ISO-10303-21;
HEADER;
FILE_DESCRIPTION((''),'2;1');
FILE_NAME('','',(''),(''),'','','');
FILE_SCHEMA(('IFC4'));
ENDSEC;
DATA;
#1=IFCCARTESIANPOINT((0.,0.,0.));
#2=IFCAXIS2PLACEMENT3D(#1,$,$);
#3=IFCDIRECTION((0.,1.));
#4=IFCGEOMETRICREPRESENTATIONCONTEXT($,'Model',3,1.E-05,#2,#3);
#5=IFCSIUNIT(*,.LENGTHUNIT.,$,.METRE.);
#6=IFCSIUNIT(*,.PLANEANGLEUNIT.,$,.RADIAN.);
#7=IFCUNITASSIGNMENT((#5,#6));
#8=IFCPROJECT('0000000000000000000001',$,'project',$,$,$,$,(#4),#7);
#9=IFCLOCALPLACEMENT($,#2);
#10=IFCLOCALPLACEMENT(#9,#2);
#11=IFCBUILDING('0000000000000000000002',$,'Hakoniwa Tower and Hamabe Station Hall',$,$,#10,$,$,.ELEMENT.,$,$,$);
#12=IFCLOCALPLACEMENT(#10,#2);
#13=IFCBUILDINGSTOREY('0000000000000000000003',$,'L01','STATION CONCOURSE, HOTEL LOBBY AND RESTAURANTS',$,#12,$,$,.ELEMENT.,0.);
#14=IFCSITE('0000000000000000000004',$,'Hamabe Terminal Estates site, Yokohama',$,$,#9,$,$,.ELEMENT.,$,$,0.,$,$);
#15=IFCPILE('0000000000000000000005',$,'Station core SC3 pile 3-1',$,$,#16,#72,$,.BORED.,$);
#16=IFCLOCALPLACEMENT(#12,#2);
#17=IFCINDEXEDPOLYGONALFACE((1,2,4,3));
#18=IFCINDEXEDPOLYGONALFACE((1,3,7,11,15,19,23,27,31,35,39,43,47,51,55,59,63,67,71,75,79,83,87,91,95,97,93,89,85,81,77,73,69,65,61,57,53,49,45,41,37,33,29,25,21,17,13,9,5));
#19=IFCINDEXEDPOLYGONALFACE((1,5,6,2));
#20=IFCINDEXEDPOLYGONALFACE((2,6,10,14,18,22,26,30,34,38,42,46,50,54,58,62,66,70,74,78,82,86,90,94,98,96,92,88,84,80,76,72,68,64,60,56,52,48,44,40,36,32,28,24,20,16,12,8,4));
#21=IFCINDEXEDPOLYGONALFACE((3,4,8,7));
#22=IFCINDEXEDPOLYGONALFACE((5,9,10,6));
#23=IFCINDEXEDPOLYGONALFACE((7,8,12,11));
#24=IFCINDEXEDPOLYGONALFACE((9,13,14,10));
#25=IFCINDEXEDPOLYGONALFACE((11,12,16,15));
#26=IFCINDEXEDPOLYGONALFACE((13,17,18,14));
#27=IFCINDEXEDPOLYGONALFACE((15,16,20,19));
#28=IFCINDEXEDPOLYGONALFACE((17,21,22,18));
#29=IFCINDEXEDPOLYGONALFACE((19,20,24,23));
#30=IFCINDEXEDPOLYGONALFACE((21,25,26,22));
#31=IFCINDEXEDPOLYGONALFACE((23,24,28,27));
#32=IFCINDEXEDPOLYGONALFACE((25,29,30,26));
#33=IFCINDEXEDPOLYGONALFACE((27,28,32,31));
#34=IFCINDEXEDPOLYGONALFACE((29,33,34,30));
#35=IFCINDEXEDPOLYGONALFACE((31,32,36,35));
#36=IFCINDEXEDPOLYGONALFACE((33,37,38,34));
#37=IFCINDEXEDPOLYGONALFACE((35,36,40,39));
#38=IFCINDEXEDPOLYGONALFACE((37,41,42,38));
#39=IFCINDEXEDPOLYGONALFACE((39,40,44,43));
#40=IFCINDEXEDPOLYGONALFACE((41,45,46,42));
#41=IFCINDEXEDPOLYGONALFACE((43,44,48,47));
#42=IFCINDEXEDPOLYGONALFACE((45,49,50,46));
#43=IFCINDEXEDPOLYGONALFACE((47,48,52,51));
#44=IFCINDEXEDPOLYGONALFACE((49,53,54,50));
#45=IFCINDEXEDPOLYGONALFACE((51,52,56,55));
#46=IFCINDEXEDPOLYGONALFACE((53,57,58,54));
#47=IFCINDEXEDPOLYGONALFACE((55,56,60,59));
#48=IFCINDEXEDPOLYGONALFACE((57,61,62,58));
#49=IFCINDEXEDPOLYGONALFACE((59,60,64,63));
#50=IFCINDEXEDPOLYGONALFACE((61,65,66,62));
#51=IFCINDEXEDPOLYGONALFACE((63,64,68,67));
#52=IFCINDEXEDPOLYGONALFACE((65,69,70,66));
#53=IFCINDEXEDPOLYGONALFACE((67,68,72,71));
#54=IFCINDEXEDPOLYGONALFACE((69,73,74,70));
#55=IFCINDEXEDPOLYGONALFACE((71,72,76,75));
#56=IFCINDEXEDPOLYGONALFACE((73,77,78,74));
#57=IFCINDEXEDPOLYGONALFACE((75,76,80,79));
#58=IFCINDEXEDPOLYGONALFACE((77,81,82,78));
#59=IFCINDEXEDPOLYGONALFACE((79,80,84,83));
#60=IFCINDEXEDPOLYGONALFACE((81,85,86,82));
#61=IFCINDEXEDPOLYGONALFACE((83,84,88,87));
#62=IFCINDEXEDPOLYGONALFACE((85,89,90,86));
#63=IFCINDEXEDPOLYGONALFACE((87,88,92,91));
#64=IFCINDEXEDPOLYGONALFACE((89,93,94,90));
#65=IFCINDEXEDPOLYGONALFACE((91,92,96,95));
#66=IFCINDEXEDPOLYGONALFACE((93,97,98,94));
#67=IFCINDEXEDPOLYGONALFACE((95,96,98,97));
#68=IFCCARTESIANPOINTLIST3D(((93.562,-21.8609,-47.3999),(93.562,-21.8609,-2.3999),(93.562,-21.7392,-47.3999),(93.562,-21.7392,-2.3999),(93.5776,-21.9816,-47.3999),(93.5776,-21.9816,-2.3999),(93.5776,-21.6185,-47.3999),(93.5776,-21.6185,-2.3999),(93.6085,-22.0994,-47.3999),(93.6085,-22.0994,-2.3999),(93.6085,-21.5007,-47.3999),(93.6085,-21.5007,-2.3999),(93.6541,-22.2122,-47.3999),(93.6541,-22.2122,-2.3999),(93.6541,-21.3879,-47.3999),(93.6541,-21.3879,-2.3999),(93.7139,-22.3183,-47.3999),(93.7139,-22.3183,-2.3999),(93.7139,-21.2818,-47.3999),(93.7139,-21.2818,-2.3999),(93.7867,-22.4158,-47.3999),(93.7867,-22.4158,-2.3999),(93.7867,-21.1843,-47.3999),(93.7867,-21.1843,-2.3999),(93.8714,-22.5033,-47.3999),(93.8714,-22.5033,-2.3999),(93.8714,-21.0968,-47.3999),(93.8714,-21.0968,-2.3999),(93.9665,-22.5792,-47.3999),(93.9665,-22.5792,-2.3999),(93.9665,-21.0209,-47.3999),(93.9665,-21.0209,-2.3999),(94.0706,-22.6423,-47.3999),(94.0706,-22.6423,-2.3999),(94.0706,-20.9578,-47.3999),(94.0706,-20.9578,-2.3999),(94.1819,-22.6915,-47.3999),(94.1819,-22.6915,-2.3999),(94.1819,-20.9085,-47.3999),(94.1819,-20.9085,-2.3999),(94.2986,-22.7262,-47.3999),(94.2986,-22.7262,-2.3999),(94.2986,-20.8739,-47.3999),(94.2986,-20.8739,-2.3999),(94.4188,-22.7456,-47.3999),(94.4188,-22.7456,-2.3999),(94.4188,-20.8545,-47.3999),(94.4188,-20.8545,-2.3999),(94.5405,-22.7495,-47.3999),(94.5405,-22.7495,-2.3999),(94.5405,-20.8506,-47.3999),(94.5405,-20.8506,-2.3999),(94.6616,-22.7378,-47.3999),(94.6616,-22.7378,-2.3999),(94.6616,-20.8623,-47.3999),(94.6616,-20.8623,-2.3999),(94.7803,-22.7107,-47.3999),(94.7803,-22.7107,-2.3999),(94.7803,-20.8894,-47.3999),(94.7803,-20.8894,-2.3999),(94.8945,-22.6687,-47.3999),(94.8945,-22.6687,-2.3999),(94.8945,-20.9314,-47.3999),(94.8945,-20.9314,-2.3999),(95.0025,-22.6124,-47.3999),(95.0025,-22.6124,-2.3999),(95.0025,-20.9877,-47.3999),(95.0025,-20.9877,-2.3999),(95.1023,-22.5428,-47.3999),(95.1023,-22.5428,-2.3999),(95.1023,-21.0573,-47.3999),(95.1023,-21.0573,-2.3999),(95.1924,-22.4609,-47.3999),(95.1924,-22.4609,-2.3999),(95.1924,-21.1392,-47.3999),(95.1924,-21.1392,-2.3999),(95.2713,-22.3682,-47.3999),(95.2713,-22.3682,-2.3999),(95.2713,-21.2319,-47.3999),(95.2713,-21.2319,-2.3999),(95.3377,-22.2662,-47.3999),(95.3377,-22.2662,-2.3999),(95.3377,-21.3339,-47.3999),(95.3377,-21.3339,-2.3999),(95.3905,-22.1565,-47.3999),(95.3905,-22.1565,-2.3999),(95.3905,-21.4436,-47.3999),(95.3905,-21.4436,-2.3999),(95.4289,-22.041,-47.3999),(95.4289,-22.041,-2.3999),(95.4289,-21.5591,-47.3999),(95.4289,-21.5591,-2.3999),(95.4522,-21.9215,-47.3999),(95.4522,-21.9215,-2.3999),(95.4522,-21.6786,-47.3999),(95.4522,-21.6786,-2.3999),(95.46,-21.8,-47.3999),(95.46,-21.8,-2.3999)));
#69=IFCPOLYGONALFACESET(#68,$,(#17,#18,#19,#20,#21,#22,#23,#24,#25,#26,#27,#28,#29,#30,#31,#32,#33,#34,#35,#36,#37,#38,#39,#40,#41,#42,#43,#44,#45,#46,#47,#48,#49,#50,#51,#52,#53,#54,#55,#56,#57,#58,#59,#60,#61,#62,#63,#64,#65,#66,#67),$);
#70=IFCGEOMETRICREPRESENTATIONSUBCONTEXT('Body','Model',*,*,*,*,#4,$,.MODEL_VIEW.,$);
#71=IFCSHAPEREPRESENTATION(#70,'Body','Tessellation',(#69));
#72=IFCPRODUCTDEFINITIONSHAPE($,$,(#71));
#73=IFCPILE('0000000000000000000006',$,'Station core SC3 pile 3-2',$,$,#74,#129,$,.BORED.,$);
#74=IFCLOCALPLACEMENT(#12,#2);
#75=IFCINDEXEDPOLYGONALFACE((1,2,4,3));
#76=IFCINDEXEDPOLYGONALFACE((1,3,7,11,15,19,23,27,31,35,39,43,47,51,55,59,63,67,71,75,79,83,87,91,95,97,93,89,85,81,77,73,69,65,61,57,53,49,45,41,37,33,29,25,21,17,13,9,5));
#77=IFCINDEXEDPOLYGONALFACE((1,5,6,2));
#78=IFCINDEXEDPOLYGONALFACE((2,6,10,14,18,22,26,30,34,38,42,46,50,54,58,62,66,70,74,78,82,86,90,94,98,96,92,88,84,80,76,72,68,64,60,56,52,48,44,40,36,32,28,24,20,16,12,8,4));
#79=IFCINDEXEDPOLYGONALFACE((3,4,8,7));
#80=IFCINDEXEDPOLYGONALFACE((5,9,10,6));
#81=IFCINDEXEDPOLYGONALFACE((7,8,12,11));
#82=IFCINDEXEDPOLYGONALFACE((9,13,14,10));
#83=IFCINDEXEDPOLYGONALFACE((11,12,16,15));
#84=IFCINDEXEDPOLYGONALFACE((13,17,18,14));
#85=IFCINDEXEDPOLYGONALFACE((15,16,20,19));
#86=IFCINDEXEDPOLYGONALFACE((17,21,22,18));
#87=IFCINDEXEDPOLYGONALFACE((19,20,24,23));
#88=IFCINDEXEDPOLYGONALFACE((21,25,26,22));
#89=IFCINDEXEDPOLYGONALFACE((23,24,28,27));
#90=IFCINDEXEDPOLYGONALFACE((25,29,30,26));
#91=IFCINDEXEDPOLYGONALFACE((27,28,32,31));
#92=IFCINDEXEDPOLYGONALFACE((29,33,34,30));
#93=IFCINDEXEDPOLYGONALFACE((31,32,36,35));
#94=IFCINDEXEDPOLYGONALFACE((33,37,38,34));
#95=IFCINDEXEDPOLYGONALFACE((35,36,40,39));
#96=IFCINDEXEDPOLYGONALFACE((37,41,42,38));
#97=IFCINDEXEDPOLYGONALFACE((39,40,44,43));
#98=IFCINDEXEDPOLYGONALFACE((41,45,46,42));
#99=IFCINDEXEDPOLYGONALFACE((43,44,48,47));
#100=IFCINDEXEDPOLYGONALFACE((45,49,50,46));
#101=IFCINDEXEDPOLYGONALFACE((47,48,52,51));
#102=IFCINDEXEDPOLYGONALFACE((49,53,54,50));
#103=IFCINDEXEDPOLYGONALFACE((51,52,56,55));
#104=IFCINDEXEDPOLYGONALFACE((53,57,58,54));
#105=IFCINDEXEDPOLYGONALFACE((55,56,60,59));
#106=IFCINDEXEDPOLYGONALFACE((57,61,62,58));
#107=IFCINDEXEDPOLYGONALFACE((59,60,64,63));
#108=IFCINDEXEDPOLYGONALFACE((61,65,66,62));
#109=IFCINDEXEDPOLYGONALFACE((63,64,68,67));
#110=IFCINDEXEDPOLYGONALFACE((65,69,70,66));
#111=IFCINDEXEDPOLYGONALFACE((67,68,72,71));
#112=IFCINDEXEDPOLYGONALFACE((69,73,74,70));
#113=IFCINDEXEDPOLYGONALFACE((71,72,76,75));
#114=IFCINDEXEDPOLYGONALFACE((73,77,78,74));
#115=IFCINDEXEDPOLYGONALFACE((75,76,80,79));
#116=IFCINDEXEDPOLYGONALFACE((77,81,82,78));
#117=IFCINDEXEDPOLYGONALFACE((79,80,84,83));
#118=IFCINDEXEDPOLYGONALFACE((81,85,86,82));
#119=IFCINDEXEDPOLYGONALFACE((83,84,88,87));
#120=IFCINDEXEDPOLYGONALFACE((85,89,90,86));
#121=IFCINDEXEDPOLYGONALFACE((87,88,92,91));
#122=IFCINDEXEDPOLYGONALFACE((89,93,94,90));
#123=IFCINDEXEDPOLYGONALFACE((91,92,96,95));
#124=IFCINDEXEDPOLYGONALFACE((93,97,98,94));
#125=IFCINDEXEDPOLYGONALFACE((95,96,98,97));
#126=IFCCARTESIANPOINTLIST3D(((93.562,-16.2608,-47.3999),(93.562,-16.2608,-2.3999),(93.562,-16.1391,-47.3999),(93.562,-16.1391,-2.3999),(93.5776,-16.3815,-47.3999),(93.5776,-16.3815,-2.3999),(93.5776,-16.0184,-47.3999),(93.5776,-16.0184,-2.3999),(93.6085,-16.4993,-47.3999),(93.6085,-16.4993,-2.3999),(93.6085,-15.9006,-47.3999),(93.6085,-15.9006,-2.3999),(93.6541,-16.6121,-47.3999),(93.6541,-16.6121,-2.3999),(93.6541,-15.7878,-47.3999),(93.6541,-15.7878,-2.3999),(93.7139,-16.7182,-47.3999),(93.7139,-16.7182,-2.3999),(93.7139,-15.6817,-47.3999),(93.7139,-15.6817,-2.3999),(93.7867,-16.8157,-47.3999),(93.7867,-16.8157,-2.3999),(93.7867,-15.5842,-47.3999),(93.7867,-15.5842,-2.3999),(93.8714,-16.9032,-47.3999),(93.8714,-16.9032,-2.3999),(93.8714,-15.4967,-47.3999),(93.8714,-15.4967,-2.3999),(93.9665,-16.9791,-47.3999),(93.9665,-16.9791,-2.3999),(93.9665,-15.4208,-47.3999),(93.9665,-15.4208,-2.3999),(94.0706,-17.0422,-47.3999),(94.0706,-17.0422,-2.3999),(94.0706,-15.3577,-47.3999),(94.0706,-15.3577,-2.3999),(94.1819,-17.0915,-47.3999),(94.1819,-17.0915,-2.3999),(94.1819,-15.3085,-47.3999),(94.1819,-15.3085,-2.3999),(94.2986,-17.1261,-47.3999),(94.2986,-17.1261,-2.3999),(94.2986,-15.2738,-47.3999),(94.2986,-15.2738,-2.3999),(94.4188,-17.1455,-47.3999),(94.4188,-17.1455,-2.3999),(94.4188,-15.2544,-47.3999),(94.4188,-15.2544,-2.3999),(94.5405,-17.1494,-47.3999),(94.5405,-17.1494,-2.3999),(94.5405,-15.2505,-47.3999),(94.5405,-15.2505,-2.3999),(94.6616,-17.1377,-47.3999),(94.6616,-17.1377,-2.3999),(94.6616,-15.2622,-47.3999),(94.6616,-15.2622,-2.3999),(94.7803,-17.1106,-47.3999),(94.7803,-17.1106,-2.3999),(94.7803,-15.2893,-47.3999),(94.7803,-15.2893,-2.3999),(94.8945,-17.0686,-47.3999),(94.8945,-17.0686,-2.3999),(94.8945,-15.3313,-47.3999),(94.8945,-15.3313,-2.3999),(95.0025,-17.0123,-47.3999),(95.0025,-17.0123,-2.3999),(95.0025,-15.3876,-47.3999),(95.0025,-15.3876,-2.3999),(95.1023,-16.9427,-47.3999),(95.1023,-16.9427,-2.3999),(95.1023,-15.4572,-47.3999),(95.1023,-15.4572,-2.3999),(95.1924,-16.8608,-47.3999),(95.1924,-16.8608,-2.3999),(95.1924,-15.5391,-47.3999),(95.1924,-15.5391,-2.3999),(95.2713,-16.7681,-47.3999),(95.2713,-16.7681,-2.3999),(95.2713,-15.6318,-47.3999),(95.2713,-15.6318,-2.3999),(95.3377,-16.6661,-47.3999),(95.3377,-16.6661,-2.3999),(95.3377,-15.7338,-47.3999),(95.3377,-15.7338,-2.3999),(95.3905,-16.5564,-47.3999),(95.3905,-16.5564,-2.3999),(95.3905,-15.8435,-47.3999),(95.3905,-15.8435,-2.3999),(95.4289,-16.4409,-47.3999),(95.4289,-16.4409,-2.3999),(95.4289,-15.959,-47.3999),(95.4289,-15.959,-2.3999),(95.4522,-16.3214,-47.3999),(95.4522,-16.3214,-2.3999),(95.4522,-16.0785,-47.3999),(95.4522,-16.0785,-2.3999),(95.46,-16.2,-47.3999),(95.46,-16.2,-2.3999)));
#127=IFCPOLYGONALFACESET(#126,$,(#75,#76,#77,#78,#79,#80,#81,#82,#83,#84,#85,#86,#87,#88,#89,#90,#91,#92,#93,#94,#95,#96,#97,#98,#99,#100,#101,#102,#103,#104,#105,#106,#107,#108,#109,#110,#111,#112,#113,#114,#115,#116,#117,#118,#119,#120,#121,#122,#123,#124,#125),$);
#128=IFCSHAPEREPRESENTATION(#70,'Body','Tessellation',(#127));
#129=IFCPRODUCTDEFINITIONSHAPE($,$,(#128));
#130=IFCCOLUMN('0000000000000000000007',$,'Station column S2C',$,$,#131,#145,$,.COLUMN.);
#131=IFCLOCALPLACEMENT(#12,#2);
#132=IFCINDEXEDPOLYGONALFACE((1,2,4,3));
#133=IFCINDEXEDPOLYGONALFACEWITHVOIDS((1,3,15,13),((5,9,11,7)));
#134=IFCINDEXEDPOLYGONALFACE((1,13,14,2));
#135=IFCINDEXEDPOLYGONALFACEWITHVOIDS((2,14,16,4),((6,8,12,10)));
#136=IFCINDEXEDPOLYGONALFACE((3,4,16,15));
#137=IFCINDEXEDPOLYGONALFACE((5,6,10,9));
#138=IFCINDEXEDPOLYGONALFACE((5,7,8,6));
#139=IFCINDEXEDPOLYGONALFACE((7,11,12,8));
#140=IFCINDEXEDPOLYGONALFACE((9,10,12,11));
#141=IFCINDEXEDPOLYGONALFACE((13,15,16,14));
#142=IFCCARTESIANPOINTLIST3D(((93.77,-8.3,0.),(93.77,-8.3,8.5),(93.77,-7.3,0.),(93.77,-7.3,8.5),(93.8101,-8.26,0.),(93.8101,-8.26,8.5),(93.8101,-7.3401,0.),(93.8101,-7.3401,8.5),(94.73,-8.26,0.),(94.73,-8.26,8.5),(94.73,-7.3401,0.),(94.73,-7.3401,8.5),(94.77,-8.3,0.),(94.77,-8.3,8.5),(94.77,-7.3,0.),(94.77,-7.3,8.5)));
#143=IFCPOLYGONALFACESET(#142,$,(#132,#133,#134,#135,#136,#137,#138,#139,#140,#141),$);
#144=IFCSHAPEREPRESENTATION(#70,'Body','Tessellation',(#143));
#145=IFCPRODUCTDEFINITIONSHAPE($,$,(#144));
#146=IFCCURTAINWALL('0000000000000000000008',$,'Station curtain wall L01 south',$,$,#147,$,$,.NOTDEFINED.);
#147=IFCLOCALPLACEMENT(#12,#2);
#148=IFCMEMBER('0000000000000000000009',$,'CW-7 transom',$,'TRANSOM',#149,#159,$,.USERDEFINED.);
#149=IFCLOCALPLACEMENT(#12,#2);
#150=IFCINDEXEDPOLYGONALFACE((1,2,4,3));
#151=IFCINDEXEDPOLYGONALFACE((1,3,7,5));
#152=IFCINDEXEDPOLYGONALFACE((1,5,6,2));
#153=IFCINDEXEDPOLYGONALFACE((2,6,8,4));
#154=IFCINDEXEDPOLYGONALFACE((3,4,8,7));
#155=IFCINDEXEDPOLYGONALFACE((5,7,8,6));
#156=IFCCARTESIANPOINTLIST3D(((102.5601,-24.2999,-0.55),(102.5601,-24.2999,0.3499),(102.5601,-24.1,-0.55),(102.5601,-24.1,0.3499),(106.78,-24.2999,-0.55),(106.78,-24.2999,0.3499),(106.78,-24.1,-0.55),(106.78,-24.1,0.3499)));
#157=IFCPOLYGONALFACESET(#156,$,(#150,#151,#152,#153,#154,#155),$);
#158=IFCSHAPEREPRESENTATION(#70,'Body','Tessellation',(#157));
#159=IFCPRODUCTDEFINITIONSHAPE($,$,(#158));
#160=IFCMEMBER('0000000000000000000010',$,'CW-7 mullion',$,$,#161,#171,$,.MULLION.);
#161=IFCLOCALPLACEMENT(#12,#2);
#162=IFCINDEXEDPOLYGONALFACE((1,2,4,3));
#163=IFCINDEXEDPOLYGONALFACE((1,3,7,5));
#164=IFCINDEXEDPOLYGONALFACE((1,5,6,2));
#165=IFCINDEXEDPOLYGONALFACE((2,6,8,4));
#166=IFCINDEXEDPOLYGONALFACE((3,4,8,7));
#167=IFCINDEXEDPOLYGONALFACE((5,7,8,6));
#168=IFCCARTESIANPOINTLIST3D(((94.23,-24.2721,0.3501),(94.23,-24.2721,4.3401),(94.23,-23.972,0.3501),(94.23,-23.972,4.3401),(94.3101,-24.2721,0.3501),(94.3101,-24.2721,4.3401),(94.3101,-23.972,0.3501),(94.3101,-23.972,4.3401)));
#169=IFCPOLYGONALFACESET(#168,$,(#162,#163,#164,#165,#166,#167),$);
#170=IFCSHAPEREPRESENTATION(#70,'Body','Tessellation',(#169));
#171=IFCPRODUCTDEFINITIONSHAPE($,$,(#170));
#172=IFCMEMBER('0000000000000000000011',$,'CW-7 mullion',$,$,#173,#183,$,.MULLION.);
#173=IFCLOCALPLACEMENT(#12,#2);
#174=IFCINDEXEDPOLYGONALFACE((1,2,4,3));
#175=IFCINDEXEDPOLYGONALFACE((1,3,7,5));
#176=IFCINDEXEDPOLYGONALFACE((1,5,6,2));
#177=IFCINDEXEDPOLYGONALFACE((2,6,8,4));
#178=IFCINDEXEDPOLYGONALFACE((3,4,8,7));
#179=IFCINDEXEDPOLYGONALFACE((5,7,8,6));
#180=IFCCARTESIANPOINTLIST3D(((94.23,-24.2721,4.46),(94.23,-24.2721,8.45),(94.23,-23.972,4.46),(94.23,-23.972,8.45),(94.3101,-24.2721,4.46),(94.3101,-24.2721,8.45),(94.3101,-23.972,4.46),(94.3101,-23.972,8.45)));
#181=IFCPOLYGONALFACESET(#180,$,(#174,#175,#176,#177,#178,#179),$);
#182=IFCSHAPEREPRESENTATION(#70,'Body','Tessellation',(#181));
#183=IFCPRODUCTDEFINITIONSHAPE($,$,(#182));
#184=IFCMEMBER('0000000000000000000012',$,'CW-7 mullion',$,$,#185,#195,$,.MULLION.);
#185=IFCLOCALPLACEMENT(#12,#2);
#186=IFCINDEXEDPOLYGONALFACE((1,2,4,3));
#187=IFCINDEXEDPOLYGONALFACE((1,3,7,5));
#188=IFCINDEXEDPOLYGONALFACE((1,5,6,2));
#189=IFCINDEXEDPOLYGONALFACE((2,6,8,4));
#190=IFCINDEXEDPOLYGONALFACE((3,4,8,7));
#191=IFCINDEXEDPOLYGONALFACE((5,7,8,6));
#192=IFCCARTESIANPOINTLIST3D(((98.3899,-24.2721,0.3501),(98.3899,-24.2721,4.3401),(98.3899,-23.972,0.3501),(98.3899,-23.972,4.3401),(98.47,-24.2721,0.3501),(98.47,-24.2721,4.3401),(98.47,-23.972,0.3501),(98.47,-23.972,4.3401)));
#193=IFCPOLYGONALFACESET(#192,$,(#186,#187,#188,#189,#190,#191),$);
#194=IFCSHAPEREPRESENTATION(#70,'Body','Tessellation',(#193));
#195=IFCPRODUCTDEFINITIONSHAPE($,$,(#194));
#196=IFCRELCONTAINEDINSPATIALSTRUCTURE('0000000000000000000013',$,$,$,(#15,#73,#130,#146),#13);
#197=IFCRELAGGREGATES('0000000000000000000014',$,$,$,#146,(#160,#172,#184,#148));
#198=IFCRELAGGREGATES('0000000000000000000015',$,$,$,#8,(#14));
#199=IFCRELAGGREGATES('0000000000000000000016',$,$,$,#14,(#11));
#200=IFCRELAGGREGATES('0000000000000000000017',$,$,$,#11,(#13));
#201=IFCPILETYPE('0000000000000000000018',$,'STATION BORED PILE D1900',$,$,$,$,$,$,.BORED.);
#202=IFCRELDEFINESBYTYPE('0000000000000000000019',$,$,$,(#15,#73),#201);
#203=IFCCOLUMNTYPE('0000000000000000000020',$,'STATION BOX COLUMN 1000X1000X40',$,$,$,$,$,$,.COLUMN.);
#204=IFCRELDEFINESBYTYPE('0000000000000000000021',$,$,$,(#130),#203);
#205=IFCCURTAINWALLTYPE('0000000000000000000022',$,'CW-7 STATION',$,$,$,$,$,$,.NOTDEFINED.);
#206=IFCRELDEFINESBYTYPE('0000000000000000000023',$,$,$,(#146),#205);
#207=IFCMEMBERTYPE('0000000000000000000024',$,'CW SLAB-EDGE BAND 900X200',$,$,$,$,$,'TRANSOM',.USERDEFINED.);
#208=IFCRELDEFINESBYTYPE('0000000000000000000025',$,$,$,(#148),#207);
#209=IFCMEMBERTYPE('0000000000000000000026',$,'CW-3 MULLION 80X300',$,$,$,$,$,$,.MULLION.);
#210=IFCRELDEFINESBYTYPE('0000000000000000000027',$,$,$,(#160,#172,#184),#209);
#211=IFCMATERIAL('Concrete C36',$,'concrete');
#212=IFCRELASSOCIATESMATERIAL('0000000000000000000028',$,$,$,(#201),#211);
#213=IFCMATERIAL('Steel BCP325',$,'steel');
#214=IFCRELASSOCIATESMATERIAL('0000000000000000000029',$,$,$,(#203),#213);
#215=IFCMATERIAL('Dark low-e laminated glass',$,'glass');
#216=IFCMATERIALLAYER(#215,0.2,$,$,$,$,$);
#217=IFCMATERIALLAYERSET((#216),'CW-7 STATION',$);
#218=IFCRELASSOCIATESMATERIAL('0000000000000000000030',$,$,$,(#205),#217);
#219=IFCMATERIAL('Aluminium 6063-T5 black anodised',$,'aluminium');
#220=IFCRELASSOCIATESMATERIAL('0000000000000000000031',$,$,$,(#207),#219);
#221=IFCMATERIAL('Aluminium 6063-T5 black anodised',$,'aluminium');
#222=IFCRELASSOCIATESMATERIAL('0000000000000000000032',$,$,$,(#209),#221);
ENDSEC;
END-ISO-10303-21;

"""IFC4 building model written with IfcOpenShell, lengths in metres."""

from ifc_helpers import new_model, si_unit, direction, frame, origin, origin_2d, place, context, subcontext, project, spatial, rectangle, hollow_rectangle, circle, extrude, material, layer, layer_set, material_profile, profile_set, type_object, element, aggregate, save


model = new_model("IFC4")

# Units and contexts
model_context = context("Model", 3, precision=1e-05, world=origin(), true_north=direction((0.0, 1.0)))
body_context = subcontext(model_context, "Body", "Model", "MODEL_VIEW")
ifc_project = project(units=[si_unit("LENGTHUNIT", "METRE"), si_unit("PLANEANGLEUNIT", "RADIAN")], contexts=[model_context])

# Site, building, storey
site_placement = place(None, origin())
site = spatial("IfcSite", under=ifc_project, at=site_placement, Name="Hamabe Terminal Estates site, Yokohama", CompositionType="ELEMENT", RefElevation=0.0)
building_placement = place(site_placement, origin())
building = spatial("IfcBuilding", under=site, at=building_placement, Name="Hakoniwa Tower and Hamabe Station Hall", CompositionType="ELEMENT")
storey_placement = place(building_placement, origin())
storey = spatial("IfcBuildingStorey", under=building, at=storey_placement, Name="L01", Description="STATION CONCOURSE, HOTEL LOBBY AND RESTAURANTS", CompositionType="ELEMENT", Elevation=0.0)

# Piles
ifc_material_1 = material(Name="Concrete C36", Category="concrete")
ifc_material_profile_1 = material_profile(ifc_material_1, circle(Radius=0.95, at=origin_2d()), Name="STATION BORED PILE D1900")
ifc_profile_set_1 = profile_set([ifc_material_profile_1], Name="Concrete C36")
pile_type = type_object("IfcPileType", Name="STATION BORED PILE D1900", PredefinedType="BORED", material=ifc_profile_set_1)
for number, where, z_axis, x_axis, name in (
    (1, (94.51, -21.8, -2.3999), (0.0, 0.0, -1.0), (1.0, 0.0, 0.0), "Station core SC3 pile 3-1"),
    (2, (94.51, -16.2, -2.3999), (0.0, 0.0, -1.0), (1.0, 0.0, 0.0), "Station core SC3 pile 3-2"),
):
    element("IfcPile", number, at=place(storey_placement, frame(where, z_axis=z_axis, x_axis=x_axis)), inside=storey, type_object=pile_type, Name=name, PredefinedType="BORED", context=body_context, shape_type="SweptSolid", body=[
        extrude(circle(Radius=0.95, at=origin_2d()), origin(), (0.0, 0.0, 1.0), 45.0),
    ])

# Column
ifc_material_2 = material(Name="Steel BCP325", Category="steel")
ifc_material_profile_2 = material_profile(ifc_material_2, hollow_rectangle(XDim=1.0, YDim=1.0, WallThickness=0.04, at=origin_2d()), Name="STATION BOX COLUMN 1000X1000X40")
ifc_profile_set_2 = profile_set([ifc_material_profile_2], Name="Steel BCP325")
column_type = type_object("IfcColumnType", Name="STATION BOX COLUMN 1000X1000X40", PredefinedType="COLUMN", material=ifc_profile_set_2)
column_placement = place(storey_placement, frame((94.27, -7.8, 0.0), z_axis=(0.0, 0.0, 1.0), x_axis=(1.0, 0.0, 0.0)))
element("IfcColumn", 3, at=column_placement, inside=storey, type_object=column_type, Name="Station column S2C", PredefinedType="COLUMN", context=body_context, shape_type="SweptSolid", body=[
    extrude(hollow_rectangle(XDim=1.0, YDim=1.0, WallThickness=0.04, at=origin_2d()), origin(), (0.0, 0.0, 1.0), 8.5),
])

# Curtain wall, members
ifc_material_3 = material(Name="Dark low-e laminated glass", Category="glass")
ifc_layer_1 = layer(ifc_material_3, 0.2)
ifc_layer_set_1 = layer_set([ifc_layer_1], Name="CW-7 STATION")
curtain_wall_type = type_object("IfcCurtainWallType", Name="CW-7 STATION", PredefinedType="NOTDEFINED", material=ifc_layer_set_1)
curtain_wall_placement = place(storey_placement, origin())
curtain_wall = element("IfcCurtainWall", 4, at=curtain_wall_placement, inside=storey, type_object=curtain_wall_type, Name="Station curtain wall L01 south", PredefinedType="NOTDEFINED")
ifc_material_4 = material(Name="Aluminium 6063-T5 black anodised", Category="aluminium")
ifc_material_profile_3 = material_profile(ifc_material_4, rectangle(XDim=0.2, YDim=0.8999, at=origin_2d()), Name="CW SLAB-EDGE BAND 900X200")
ifc_profile_set_3 = profile_set([ifc_material_profile_3], Name="Aluminium 6063-T5 black anodised")
member_type_1 = type_object("IfcMemberType", Name="CW SLAB-EDGE BAND 900X200", ElementType="TRANSOM", PredefinedType="USERDEFINED", material=ifc_profile_set_3)
member_1_placement = place(storey_placement, frame((102.5601, -24.2, -0.1001), z_axis=(1.0, 0.0, 0.0), x_axis=(0.0, 1.0, 0.0)))
member_1 = element("IfcMember", 5, at=member_1_placement, type_object=member_type_1, Name="CW-7 transom", ObjectType="TRANSOM", PredefinedType="USERDEFINED", context=body_context, shape_type="SweptSolid", body=[
    extrude(rectangle(XDim=0.2, YDim=0.8999, at=origin_2d()), origin(), (0.0, 0.0, 1.0), 4.22),
])
ifc_material_5 = material(Name="Aluminium 6063-T5 black anodised", Category="aluminium")
ifc_material_profile_4 = material_profile(ifc_material_5, rectangle(XDim=0.0801, YDim=0.3, at=origin_2d()), Name="CW-3 MULLION 80X300")
ifc_profile_set_4 = profile_set([ifc_material_profile_4], Name="Aluminium 6063-T5 black anodised")
member_type_2 = type_object("IfcMemberType", Name="CW-3 MULLION 80X300", PredefinedType="MULLION", material=ifc_profile_set_4)
member_2_placement = place(storey_placement, frame((94.27, -24.1221, 0.3501), z_axis=(0.0, 0.0, 1.0), x_axis=(1.0, 0.0, 0.0)))
member_2 = element("IfcMember", 6, at=member_2_placement, type_object=member_type_2, Name="CW-7 mullion", PredefinedType="MULLION", context=body_context, shape_type="SweptSolid", body=[
    extrude(rectangle(XDim=0.0801, YDim=0.3, at=origin_2d()), origin(), (0.0, 0.0, 1.0), 3.99),
])
member_3_placement = place(storey_placement, frame((94.27, -24.1221, 4.46), z_axis=(0.0, 0.0, 1.0), x_axis=(1.0, 0.0, 0.0)))
member_3 = element("IfcMember", 7, at=member_3_placement, type_object=member_type_2, Name="CW-7 mullion", PredefinedType="MULLION", context=body_context, shape_type="SweptSolid", body=[
    extrude(rectangle(XDim=0.0801, YDim=0.3, at=origin_2d()), origin(), (0.0, 0.0, 1.0), 3.99),
])
member_4_placement = place(storey_placement, frame((98.4299, -24.1221, 0.3501), z_axis=(0.0, 0.0, 1.0), x_axis=(1.0, 0.0, 0.0)))
member_4 = element("IfcMember", 8, at=member_4_placement, type_object=member_type_2, Name="CW-7 mullion", PredefinedType="MULLION", context=body_context, shape_type="SweptSolid", body=[
    extrude(rectangle(XDim=0.0801, YDim=0.3, at=origin_2d()), origin(), (0.0, 0.0, 1.0), 3.99),
])

aggregate(curtain_wall, [member_2, member_3, member_4, member_1])

save(model, "model.ifc")
